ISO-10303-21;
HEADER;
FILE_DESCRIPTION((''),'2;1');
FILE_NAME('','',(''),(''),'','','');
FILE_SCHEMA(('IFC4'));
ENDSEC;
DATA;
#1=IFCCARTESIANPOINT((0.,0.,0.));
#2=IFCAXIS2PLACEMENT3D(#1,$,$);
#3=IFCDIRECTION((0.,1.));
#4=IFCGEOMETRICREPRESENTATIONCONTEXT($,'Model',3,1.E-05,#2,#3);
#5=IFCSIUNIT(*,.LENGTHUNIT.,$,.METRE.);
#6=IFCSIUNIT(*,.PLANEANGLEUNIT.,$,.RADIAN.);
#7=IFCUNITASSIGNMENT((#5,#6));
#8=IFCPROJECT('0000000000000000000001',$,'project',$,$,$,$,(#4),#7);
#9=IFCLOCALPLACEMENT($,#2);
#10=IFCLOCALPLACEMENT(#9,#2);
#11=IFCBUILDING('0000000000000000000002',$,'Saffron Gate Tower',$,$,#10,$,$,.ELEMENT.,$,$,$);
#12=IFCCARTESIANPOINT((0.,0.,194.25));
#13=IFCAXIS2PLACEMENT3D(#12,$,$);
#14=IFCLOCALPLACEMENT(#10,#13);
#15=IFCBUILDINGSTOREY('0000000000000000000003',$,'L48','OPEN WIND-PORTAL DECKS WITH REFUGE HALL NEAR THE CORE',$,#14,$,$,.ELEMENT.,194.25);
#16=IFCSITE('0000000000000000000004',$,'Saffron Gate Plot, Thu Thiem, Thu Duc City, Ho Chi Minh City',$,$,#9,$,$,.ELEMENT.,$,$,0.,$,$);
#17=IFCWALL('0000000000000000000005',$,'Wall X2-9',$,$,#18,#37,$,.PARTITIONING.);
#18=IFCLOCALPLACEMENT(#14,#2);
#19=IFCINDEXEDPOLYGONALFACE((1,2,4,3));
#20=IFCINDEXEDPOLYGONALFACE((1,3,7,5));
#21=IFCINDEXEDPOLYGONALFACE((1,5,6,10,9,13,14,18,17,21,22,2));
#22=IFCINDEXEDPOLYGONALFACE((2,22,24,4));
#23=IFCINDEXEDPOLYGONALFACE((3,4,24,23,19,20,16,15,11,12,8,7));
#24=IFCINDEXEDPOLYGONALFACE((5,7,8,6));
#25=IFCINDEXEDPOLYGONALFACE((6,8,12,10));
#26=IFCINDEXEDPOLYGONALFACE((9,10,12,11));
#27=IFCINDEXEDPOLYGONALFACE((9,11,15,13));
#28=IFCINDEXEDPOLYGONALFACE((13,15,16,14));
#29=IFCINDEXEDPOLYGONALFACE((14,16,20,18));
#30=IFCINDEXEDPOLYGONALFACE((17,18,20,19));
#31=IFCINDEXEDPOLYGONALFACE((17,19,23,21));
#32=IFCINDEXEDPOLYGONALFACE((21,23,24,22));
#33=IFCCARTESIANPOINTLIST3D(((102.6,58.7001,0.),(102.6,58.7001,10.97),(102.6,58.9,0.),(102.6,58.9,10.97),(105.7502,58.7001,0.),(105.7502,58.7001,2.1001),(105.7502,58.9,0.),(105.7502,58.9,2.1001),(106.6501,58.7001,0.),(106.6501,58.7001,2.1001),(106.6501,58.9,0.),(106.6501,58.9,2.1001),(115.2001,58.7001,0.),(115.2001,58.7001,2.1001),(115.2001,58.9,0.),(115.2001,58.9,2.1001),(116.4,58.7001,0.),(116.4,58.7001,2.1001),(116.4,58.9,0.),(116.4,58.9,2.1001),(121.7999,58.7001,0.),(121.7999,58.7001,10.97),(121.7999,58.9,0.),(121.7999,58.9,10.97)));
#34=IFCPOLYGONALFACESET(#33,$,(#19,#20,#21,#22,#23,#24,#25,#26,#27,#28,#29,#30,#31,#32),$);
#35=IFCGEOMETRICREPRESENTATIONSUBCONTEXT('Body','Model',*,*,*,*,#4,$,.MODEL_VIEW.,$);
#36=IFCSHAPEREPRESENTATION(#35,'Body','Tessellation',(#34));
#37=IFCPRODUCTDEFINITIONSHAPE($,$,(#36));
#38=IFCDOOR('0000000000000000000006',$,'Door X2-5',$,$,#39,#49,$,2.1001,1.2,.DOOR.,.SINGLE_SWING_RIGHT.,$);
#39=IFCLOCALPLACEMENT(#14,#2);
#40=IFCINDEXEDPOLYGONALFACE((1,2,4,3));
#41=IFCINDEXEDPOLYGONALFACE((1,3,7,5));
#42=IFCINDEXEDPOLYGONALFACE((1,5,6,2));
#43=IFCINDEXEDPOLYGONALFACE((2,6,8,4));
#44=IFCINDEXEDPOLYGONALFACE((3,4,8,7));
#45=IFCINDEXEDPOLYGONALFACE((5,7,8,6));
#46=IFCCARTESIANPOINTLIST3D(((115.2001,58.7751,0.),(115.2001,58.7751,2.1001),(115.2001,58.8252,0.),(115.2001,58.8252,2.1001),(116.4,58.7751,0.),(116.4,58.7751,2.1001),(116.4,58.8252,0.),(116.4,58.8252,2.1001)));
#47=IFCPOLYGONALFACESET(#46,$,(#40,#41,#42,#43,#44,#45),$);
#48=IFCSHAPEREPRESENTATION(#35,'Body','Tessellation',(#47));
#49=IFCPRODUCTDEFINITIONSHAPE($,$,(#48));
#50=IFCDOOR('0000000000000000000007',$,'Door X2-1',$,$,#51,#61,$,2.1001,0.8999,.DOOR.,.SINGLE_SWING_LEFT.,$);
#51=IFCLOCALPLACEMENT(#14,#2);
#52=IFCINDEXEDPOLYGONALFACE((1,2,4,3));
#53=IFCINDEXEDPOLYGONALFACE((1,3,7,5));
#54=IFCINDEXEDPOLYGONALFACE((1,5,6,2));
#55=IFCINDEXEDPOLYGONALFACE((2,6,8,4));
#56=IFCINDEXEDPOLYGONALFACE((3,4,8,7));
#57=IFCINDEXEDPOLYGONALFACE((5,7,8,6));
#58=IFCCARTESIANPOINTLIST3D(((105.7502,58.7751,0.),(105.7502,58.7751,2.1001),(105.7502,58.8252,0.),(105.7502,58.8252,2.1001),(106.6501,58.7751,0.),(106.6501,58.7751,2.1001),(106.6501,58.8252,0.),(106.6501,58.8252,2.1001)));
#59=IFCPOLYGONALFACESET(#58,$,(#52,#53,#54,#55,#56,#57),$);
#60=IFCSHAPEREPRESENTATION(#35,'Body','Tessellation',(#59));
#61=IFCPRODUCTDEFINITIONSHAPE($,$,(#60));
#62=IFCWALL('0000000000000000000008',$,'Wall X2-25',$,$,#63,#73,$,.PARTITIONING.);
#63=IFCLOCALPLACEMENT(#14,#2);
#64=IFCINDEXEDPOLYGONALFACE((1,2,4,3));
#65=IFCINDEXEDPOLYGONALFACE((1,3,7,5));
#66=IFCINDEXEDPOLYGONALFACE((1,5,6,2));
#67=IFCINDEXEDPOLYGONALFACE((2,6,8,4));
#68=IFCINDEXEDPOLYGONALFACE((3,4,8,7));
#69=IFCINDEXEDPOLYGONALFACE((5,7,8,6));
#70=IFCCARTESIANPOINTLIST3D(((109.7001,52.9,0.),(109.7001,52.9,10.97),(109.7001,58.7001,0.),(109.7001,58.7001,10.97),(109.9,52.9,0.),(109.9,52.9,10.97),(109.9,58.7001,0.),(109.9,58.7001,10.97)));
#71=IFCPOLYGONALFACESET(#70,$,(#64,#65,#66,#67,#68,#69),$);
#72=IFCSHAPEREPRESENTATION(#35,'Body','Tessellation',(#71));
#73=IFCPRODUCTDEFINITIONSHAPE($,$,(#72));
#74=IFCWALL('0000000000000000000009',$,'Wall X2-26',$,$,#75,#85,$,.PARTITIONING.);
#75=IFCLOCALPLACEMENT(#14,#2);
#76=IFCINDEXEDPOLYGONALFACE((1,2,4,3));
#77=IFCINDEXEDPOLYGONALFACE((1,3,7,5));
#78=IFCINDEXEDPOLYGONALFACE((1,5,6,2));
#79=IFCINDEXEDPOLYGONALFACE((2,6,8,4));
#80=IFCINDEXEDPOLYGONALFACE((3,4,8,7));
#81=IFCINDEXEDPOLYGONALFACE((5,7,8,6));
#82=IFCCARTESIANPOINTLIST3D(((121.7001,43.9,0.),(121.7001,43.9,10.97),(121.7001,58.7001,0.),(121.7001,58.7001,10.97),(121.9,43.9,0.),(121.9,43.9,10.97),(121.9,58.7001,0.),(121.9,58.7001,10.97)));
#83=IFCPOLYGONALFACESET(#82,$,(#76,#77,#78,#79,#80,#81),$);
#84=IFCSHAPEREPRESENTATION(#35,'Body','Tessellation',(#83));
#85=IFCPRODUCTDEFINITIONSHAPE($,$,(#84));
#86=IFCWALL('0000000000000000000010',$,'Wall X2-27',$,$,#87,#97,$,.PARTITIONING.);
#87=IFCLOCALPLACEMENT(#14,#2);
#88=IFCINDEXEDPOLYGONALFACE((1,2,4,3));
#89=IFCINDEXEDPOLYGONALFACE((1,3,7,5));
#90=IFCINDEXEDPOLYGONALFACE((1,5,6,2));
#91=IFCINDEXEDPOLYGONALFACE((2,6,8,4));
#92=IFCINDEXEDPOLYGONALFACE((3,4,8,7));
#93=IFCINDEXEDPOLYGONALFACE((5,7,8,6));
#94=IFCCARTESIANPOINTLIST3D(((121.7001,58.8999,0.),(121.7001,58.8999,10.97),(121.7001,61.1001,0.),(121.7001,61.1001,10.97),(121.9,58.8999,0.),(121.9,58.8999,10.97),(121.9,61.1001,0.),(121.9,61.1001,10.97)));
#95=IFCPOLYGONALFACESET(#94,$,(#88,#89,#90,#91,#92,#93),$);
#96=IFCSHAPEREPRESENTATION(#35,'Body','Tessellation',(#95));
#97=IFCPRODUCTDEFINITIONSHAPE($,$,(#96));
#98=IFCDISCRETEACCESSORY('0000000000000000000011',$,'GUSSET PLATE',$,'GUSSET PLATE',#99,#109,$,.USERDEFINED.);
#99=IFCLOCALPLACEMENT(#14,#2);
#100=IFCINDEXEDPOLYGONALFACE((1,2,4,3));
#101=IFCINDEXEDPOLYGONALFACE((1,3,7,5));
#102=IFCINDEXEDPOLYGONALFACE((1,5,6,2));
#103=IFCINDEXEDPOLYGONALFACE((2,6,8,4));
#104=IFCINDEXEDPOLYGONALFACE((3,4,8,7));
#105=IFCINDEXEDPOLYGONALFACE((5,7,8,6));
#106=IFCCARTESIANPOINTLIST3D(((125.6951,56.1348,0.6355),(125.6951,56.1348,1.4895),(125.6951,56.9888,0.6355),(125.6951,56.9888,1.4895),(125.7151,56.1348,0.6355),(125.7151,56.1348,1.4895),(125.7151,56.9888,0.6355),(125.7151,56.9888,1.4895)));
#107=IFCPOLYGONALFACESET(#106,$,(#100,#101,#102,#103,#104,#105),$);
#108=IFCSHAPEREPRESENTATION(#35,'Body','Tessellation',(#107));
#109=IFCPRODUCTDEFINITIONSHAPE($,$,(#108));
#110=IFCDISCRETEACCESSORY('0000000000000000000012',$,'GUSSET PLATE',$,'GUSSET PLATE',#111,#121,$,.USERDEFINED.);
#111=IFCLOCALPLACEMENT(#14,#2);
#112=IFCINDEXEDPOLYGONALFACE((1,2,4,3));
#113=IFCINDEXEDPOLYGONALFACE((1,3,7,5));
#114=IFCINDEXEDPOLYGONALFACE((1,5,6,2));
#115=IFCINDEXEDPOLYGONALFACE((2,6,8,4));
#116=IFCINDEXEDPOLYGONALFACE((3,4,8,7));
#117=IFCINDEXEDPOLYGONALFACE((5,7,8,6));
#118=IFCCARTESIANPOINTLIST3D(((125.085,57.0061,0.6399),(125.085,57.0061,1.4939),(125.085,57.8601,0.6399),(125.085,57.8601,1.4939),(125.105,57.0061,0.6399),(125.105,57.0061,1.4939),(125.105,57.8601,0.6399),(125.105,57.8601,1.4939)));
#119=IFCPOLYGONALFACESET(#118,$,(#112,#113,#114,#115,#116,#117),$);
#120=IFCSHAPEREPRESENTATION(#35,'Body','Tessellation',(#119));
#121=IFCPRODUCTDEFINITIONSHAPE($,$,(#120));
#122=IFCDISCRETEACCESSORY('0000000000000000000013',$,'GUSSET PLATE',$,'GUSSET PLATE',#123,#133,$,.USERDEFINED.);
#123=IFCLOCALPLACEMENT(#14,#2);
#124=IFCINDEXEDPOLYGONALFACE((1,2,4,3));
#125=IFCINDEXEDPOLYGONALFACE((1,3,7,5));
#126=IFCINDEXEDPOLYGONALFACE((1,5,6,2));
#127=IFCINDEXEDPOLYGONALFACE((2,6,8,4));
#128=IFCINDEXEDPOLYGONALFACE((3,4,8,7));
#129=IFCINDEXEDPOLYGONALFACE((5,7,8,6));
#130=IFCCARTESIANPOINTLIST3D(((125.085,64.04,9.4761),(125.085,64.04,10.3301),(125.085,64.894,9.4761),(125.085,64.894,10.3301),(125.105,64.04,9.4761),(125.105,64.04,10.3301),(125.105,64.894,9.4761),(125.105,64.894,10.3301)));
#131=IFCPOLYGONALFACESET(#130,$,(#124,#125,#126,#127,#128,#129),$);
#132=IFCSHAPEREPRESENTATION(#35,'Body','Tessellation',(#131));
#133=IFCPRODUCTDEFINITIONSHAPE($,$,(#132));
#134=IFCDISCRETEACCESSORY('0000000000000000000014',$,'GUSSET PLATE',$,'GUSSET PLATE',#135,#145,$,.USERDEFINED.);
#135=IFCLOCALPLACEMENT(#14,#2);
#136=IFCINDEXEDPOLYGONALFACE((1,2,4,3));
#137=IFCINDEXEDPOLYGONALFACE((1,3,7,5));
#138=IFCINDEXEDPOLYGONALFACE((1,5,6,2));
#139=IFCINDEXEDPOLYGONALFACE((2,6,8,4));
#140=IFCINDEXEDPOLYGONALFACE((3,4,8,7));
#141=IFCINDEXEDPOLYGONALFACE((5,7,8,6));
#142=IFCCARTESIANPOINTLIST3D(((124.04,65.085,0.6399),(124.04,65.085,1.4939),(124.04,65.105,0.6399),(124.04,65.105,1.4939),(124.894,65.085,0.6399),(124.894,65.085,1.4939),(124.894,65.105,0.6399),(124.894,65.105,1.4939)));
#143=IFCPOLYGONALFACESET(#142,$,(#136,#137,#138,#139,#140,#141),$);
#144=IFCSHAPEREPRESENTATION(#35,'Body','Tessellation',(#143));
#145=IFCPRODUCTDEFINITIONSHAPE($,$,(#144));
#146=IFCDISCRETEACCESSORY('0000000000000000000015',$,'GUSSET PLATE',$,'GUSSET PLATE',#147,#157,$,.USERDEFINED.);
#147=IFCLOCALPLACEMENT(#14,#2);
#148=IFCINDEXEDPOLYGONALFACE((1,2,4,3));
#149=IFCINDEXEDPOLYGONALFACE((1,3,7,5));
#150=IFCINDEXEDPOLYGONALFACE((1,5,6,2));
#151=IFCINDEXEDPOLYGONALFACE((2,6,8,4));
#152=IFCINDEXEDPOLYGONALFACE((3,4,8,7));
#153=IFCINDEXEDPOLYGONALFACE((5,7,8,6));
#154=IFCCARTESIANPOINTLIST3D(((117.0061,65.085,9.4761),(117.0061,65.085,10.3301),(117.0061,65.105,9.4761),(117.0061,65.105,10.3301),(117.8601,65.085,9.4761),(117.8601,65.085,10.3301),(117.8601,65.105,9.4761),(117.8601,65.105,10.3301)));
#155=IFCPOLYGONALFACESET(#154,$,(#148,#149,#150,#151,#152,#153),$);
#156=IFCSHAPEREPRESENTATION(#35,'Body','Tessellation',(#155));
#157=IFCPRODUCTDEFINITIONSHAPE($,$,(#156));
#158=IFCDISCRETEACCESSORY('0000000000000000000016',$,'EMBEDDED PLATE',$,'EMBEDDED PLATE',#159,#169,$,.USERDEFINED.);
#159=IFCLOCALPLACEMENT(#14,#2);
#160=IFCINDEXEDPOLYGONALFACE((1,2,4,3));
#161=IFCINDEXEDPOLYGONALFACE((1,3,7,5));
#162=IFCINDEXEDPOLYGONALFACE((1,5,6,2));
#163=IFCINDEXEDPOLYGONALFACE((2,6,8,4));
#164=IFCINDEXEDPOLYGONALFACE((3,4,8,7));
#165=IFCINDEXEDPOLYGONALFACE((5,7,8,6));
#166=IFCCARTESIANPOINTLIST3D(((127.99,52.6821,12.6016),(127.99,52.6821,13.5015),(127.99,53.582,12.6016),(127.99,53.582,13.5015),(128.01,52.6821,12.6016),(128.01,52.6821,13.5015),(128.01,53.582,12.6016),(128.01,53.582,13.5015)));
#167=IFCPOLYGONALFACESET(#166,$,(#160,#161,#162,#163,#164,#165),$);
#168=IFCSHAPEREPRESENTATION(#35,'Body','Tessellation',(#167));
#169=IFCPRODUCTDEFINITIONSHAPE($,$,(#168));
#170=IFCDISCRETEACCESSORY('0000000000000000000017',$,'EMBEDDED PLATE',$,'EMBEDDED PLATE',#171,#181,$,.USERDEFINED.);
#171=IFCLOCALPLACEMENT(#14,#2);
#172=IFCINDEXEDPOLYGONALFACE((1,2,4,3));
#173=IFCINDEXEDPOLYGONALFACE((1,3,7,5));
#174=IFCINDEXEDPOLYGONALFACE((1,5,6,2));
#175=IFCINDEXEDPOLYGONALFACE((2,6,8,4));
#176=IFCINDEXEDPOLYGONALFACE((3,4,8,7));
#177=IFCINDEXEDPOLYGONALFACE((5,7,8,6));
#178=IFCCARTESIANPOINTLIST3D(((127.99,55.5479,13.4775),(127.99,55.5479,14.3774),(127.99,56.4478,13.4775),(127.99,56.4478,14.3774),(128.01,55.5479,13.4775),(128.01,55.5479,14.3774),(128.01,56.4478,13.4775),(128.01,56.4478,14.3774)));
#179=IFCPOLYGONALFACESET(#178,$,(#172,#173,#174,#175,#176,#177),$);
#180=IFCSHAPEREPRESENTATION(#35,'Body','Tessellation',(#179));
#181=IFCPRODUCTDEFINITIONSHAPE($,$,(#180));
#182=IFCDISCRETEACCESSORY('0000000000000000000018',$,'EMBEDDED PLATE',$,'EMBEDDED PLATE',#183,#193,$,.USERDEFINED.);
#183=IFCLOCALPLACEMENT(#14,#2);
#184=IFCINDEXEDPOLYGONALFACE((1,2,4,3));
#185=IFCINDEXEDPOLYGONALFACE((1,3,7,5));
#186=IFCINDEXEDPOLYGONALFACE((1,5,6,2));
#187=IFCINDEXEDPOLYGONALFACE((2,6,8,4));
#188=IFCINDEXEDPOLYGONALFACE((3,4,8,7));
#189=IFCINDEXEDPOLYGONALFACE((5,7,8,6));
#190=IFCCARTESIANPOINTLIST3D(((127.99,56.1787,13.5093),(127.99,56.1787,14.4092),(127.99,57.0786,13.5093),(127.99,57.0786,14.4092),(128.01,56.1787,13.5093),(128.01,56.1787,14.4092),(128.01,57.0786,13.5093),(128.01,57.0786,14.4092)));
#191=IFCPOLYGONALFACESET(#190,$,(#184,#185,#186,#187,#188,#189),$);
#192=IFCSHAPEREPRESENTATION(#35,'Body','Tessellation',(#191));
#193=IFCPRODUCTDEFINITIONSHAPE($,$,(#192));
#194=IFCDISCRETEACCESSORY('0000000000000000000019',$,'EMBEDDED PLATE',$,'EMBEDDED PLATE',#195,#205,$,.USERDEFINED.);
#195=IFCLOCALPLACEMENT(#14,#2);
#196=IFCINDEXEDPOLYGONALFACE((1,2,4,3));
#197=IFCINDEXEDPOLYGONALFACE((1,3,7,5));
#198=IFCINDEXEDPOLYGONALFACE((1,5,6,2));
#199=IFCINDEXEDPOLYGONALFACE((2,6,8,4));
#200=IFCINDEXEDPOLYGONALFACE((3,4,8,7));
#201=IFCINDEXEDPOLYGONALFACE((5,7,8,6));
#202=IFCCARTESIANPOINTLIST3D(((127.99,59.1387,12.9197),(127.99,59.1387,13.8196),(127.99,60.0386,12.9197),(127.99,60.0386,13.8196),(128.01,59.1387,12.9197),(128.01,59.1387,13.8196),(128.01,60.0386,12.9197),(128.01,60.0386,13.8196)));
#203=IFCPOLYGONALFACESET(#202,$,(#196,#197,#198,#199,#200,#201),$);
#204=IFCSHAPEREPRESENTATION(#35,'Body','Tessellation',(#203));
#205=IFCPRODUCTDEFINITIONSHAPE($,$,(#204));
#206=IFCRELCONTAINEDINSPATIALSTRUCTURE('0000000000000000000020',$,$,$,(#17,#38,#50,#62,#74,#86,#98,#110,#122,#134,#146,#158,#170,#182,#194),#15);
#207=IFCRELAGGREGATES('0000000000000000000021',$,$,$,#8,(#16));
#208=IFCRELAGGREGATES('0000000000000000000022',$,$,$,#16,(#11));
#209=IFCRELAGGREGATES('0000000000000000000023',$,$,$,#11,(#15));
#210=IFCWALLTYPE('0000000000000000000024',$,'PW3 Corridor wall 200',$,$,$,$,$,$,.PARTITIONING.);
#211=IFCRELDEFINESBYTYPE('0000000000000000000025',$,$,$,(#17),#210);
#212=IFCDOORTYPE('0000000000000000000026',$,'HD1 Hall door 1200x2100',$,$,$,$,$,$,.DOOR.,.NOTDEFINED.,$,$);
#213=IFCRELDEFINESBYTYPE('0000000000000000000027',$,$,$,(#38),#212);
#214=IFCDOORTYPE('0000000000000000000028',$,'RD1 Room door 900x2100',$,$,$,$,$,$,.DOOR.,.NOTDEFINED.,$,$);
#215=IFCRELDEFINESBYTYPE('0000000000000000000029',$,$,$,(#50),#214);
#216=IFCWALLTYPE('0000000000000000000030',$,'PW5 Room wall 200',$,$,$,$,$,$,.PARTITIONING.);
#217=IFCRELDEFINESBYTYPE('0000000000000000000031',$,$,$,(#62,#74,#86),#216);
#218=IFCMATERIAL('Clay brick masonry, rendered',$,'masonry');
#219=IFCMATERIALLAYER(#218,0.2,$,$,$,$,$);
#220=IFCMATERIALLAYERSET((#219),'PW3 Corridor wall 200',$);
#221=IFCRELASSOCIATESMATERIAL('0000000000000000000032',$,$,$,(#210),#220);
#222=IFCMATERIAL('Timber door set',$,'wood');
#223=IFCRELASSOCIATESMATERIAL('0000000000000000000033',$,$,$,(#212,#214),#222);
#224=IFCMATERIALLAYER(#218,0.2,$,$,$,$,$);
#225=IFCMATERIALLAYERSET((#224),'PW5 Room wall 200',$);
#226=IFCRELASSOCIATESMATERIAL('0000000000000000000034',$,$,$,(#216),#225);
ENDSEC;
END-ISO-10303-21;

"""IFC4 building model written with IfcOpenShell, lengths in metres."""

from ifc_helpers import new_model, si_unit, direction, frame, frame_2d, origin, origin_2d, place, context, subcontext, project, spatial, rectangle, extrude, material, layer, layer_set, type_object, element, fill, save


model = new_model("IFC4")

# Units and contexts
model_context = context("Model", 3, precision=1e-05, world=origin(), true_north=direction((0.0, 1.0)))
body_context = subcontext(model_context, "Body", "Model", "MODEL_VIEW")
ifc_project = project(units=[si_unit("LENGTHUNIT", "METRE"), si_unit("PLANEANGLEUNIT", "RADIAN")], contexts=[model_context])

# Site, building, storey
site_placement = place(None, origin())
site = spatial("IfcSite", under=ifc_project, at=site_placement, Name="Saffron Gate Plot, Thu Thiem, Thu Duc City, Ho Chi Minh City", CompositionType="ELEMENT", RefElevation=0.0)
building_placement = place(site_placement, origin())
building = spatial("IfcBuilding", under=site, at=building_placement, Name="Saffron Gate Tower", CompositionType="ELEMENT")
storey_placement = place(building_placement, frame((0.0, 0.0, 194.25)))
storey = spatial("IfcBuildingStorey", under=building, at=storey_placement, Name="L48", Description="OPEN WIND-PORTAL DECKS WITH REFUGE HALL NEAR THE CORE", CompositionType="ELEMENT", Elevation=194.25)

# Wall, openings, doors
ifc_material_1 = material(Name="Clay brick masonry, rendered", Category="masonry")
ifc_layer_1 = layer(ifc_material_1, 0.2)
ifc_layer_set_1 = layer_set([ifc_layer_1], Name="PW3 Corridor wall 200")
wall_type_1 = type_object("IfcWallType", Name="PW3 Corridor wall 200", PredefinedType="PARTITIONING", material=ifc_layer_set_1)
wall_1_placement = place(storey_placement, frame((121.8, 58.8, 0.0), z_axis=(0.0, 0.0, 1.0), x_axis=(-1.0, 0.0, 0.0)))
wall_1 = element("IfcWall", 1, at=wall_1_placement, inside=storey, type_object=wall_type_1, Name="Wall X2-9", PredefinedType="PARTITIONING", context=body_context, shape_type="SweptSolid", body=[
    extrude(rectangle(XDim=19.2, YDim=0.2, at=frame_2d((9.6001, 0.0))), origin(), (0.0, 0.0, 1.0), 10.97),
])
opening_1_placement = place(wall_1_placement, frame((5.3999, 0.0, 0.0)))
opening_1 = element("IfcOpeningElement", 2, at=opening_1_placement, cuts=wall_1, PredefinedType="OPENING", context=body_context, shape_type="SweptSolid", body=[
    extrude(rectangle(XDim=1.2, YDim=2.1001, at=frame_2d((0.6001, 1.05))), frame((0.0, 0.1099, 0.0), z_axis=(0.0, -1.0, 0.0), x_axis=(1.0, 0.0, 0.0)), (0.0, 0.0, 1.0), 0.22),
])
opening_2_placement = place(wall_1_placement, frame((15.1499, 0.0, 0.0)))
opening_2 = element("IfcOpeningElement", 3, at=opening_2_placement, cuts=wall_1, PredefinedType="OPENING", context=body_context, shape_type="SweptSolid", body=[
    extrude(rectangle(XDim=0.8999, YDim=2.1001, at=frame_2d((0.45, 1.05))), frame((0.0, 0.1099, 0.0), z_axis=(0.0, -1.0, 0.0), x_axis=(1.0, 0.0, 0.0)), (0.0, 0.0, 1.0), 0.22),
])
ifc_material_2 = material(Name="Timber door set", Category="wood")
door_type_1 = type_object("IfcDoorType", Name="HD1 Hall door 1200x2100", OperationType="NOTDEFINED", PredefinedType="DOOR", material=ifc_material_2)
door_1_placement = place(opening_1_placement, origin())
door_1 = element("IfcDoor", 4, at=door_1_placement, inside=storey, type_object=door_type_1, Name="Door X2-5", OperationType="SINGLE_SWING_RIGHT", OverallHeight=2.1001, OverallWidth=1.2, PredefinedType="DOOR", context=body_context, shape_type="SweptSolid", body=[
    extrude(rectangle(XDim=1.2, YDim=2.1001, at=frame_2d((0.6001, 1.05))), frame((0.0, 0.0249, 0.0), z_axis=(0.0, -1.0, 0.0), x_axis=(1.0, 0.0, 0.0)), (0.0, 0.0, 1.0), 0.05),
])
fill(opening_1, door_1)
door_type_2 = type_object("IfcDoorType", Name="RD1 Room door 900x2100", OperationType="NOTDEFINED", PredefinedType="DOOR", material=ifc_material_2)
door_2_placement = place(opening_2_placement, origin())
door_2 = element("IfcDoor", 5, at=door_2_placement, inside=storey, type_object=door_type_2, Name="Door X2-1", OperationType="SINGLE_SWING_LEFT", OverallHeight=2.1001, OverallWidth=0.8999, PredefinedType="DOOR", context=body_context, shape_type="SweptSolid", body=[
    extrude(rectangle(XDim=0.8999, YDim=2.1001, at=frame_2d((0.45, 1.05))), frame((0.0, 0.0249, 0.0), z_axis=(0.0, -1.0, 0.0), x_axis=(1.0, 0.0, 0.0)), (0.0, 0.0, 1.0), 0.05),
])
fill(opening_2, door_2)

# Walls
ifc_layer_2 = layer(ifc_material_1, 0.2)
ifc_layer_set_2 = layer_set([ifc_layer_2], Name="PW5 Room wall 200")
wall_type_2 = type_object("IfcWallType", Name="PW5 Room wall 200", PredefinedType="PARTITIONING", material=ifc_layer_set_2)
wall_2_placement = place(storey_placement, frame((109.8, 58.7, 0.0), z_axis=(0.0, 0.0, 1.0), x_axis=(0.0, -1.0, 0.0)))
element("IfcWall", 6, at=wall_2_placement, inside=storey, type_object=wall_type_2, Name="Wall X2-25", PredefinedType="PARTITIONING", context=body_context, shape_type="SweptSolid", body=[
    extrude(rectangle(XDim=5.8, YDim=0.2, at=frame_2d((2.8999, 0.0))), origin(), (0.0, 0.0, 1.0), 10.97),
])
wall_3_placement = place(storey_placement, frame((121.8, 58.7, 0.0), z_axis=(0.0, 0.0, 1.0), x_axis=(0.0, -1.0, 0.0)))
element("IfcWall", 7, at=wall_3_placement, inside=storey, type_object=wall_type_2, Name="Wall X2-26", PredefinedType="PARTITIONING", context=body_context, shape_type="SweptSolid", body=[
    extrude(rectangle(XDim=14.8, YDim=0.2, at=frame_2d((7.3999, 0.0))), origin(), (0.0, 0.0, 1.0), 10.97),
])
wall_4_placement = place(storey_placement, frame((121.8, 61.1001, 0.0), z_axis=(0.0, 0.0, 1.0), x_axis=(0.0, -1.0, 0.0)))
element("IfcWall", 8, at=wall_4_placement, inside=storey, type_object=wall_type_2, Name="Wall X2-27", PredefinedType="PARTITIONING", context=body_context, shape_type="SweptSolid", body=[
    extrude(rectangle(XDim=2.2002, YDim=0.2, at=frame_2d((1.1001, 0.0))), origin(), (0.0, 0.0, 1.0), 10.97),
])

# Discrete accessories
for number, where, z_axis, x_axis, name in (
    (9, (125.7051, 56.5618, 0.6355), (0.0, 0.0, 1.0), (0.0, -1.0, 0.0), "GUSSET PLATE"),
    (10, (125.095, 57.4331, 0.6399), (0.0, 0.0, 1.0), (0.0, 1.0, 0.0), "GUSSET PLATE"),
    (11, (125.095, 64.467, 9.4761), (0.0, 0.0, 1.0), (0.0, 1.0, 0.0), "GUSSET PLATE"),
    (12, (124.467, 65.095, 0.6399), (0.0, 0.0, 1.0), (-1.0, 0.0, 0.0), "GUSSET PLATE"),
    (13, (117.4331, 65.095, 9.4761), (0.0, 0.0, 1.0), (-1.0, 0.0, 0.0), "GUSSET PLATE"),
):
    element("IfcDiscreteAccessory", number, at=place(storey_placement, frame(where, z_axis=z_axis, x_axis=x_axis)), inside=storey, Name=name, ObjectType="GUSSET PLATE", PredefinedType="USERDEFINED", context=body_context, shape_type="SweptSolid", body=[
        extrude(rectangle(XDim=0.854, YDim=0.02, at=origin_2d()), origin(), (0.0, 0.0, 1.0), 0.854),
    ])
for number, where, z_axis, x_axis, name in (
    (14, (128.0, 53.1321, 12.6016), (0.0, 0.0, 1.0), (0.0, 1.0, 0.0), "EMBEDDED PLATE"),
    (15, (128.0, 55.9978, 13.4775), (0.0, 0.0, 1.0), (0.0, 1.0, 0.0), "EMBEDDED PLATE"),
    (16, (128.0, 56.6287, 13.5093), (0.0, 0.0, 1.0), (0.0, 1.0, 0.0), "EMBEDDED PLATE"),
    (17, (128.0, 59.5886, 12.9197), (0.0, 0.0, 1.0), (0.0, 1.0, 0.0), "EMBEDDED PLATE"),
):
    element("IfcDiscreteAccessory", number, at=place(storey_placement, frame(where, z_axis=z_axis, x_axis=x_axis)), inside=storey, Name=name, ObjectType="EMBEDDED PLATE", PredefinedType="USERDEFINED", context=body_context, shape_type="SweptSolid", body=[
        extrude(rectangle(XDim=0.8999, YDim=0.02, at=origin_2d()), origin(), (0.0, 0.0, 1.0), 0.8999),
    ])

save(model, "model.ifc")
